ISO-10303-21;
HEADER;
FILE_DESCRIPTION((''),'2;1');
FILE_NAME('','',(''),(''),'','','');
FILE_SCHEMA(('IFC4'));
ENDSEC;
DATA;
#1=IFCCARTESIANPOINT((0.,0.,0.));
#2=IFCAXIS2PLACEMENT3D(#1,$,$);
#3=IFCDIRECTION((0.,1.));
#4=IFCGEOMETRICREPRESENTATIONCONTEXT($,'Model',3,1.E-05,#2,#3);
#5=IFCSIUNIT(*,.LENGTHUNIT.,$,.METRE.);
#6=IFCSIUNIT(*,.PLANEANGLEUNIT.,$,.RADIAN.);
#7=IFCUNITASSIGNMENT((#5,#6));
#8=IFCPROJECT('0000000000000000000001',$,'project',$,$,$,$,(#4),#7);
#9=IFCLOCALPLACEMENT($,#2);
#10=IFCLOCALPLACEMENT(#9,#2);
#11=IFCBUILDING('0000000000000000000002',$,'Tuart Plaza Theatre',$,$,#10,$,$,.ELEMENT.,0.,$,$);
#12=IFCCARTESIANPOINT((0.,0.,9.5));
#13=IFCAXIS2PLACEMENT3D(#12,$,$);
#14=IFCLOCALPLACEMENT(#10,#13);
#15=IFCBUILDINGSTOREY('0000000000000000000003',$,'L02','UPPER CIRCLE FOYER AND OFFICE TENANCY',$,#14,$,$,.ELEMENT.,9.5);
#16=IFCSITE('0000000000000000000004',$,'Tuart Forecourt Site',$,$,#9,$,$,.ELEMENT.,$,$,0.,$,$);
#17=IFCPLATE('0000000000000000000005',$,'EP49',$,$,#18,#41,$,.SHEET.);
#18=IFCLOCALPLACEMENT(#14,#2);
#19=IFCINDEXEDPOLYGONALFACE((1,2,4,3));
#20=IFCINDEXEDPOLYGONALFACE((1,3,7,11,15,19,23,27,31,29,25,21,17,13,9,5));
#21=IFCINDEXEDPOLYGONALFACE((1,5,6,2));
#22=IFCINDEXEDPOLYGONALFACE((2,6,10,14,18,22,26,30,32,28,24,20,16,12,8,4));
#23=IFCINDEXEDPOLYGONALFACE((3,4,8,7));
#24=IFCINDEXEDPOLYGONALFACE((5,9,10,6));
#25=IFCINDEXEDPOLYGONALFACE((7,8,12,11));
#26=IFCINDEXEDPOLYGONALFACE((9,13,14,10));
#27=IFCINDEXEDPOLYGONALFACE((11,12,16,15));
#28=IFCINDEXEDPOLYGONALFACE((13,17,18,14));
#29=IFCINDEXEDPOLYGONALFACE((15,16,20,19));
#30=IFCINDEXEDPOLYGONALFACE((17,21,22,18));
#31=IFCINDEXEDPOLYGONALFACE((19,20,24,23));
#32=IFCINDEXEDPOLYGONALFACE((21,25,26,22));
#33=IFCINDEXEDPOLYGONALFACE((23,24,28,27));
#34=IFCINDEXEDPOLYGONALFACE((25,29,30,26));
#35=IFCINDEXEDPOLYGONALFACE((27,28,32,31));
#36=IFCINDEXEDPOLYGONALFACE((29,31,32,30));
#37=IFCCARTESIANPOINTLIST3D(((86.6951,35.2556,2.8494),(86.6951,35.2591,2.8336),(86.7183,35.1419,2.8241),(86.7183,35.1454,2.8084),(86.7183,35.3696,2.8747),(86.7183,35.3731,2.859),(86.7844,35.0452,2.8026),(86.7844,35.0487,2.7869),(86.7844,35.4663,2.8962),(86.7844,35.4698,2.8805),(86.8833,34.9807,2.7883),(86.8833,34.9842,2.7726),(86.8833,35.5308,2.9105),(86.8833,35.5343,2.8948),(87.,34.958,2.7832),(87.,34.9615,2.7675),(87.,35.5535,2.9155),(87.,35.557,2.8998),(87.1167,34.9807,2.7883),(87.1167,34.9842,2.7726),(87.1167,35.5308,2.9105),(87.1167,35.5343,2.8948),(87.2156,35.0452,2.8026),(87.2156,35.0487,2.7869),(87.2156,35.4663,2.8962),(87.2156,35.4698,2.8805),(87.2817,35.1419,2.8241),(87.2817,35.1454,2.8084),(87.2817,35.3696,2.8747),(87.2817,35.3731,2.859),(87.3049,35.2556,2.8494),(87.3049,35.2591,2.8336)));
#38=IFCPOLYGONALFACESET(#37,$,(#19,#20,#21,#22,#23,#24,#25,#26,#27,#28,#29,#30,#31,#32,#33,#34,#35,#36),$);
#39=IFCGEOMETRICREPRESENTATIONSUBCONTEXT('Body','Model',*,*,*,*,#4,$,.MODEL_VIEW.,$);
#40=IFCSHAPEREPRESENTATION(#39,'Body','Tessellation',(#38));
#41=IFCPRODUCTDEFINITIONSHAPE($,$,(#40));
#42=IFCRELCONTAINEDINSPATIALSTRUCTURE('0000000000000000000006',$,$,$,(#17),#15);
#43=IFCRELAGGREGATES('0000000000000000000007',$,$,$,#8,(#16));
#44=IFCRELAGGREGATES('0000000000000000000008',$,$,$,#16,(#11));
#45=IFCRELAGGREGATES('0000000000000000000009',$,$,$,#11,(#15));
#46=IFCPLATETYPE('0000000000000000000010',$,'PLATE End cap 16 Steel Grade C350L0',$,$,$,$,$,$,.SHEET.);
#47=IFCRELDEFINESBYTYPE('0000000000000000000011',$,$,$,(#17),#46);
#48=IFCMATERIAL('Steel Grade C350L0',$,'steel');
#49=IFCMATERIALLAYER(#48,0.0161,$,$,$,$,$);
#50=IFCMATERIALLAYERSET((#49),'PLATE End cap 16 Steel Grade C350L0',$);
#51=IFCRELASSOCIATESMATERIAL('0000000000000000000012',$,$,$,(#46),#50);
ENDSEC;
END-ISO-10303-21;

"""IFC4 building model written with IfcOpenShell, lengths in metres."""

from ifc_helpers import new_model, si_unit, direction, frame, origin, place, context, subcontext, project, spatial, polyline, outline, extrude, material, layer, layer_set, type_object, element, save


model = new_model("IFC4")

# Units and contexts
model_context = context("Model", 3, precision=1e-05, world=origin(), true_north=direction((0.0, 1.0)))
body_context = subcontext(model_context, "Body", "Model", "MODEL_VIEW")
ifc_project = project(units=[si_unit("LENGTHUNIT", "METRE"), si_unit("PLANEANGLEUNIT", "RADIAN")], contexts=[model_context])

# Site, building, storey
site_placement = place(None, origin())
site = spatial("IfcSite", under=ifc_project, at=site_placement, Name="Tuart Forecourt Site", CompositionType="ELEMENT", RefElevation=0.0)
building_placement = place(site_placement, origin())
building = spatial("IfcBuilding", under=site, at=building_placement, Name="Tuart Plaza Theatre", CompositionType="ELEMENT", ElevationOfRefHeight=0.0)
storey_placement = place(building_placement, frame((0.0, 0.0, 9.5)))
storey = spatial("IfcBuildingStorey", under=building, at=storey_placement, Name="L02", Description="UPPER CIRCLE FOYER AND OFFICE TENANCY", CompositionType="ELEMENT", Elevation=9.5)

# Plate
ifc_material_1 = material(Name="Steel Grade C350L0", Category="steel")
ifc_layer_1 = layer(ifc_material_1, 0.0161)
ifc_layer_set_1 = layer_set([ifc_layer_1], Name="PLATE End cap 16 Steel Grade C350L0")
plate_type_1 = type_object("IfcPlateType", Name="PLATE End cap 16 Steel Grade C350L0", PredefinedType="SHEET", material=ifc_layer_set_1)
plate_1_placement = place(storey_placement, frame((87.3049, 35.2556, 2.8494), z_axis=(0.0, -0.21692, 0.976189), x_axis=(-0.19476, 0.957496, 0.212766)))
element("IfcPlate", 1, at=plate_1_placement, inside=storey, type_object=plate_type_1, Name="EP49", PredefinedType="SHEET", context=body_context, shape_type="SweptSolid", body=[
    extrude(outline(polyline([(0.0, 0.0), (0.1191, 0.0), (0.2291, 0.0456), (0.3131, 0.1297), (0.3587, 0.2397), (0.3586, 0.3587), (0.3131, 0.4685), (0.2288, 0.5527), (0.1188, 0.5982), (0.0, 0.5981), (-0.1101, 0.5525), (-0.1941, 0.4684), (-0.2396, 0.3585), (-0.2395, 0.2395), (-0.194, 0.1296), (-0.1098, 0.0454), (0.0, 0.0)])), origin(), (0.0, 0.0, -1.0), 0.0161),
])

save(model, "model.ifc")
